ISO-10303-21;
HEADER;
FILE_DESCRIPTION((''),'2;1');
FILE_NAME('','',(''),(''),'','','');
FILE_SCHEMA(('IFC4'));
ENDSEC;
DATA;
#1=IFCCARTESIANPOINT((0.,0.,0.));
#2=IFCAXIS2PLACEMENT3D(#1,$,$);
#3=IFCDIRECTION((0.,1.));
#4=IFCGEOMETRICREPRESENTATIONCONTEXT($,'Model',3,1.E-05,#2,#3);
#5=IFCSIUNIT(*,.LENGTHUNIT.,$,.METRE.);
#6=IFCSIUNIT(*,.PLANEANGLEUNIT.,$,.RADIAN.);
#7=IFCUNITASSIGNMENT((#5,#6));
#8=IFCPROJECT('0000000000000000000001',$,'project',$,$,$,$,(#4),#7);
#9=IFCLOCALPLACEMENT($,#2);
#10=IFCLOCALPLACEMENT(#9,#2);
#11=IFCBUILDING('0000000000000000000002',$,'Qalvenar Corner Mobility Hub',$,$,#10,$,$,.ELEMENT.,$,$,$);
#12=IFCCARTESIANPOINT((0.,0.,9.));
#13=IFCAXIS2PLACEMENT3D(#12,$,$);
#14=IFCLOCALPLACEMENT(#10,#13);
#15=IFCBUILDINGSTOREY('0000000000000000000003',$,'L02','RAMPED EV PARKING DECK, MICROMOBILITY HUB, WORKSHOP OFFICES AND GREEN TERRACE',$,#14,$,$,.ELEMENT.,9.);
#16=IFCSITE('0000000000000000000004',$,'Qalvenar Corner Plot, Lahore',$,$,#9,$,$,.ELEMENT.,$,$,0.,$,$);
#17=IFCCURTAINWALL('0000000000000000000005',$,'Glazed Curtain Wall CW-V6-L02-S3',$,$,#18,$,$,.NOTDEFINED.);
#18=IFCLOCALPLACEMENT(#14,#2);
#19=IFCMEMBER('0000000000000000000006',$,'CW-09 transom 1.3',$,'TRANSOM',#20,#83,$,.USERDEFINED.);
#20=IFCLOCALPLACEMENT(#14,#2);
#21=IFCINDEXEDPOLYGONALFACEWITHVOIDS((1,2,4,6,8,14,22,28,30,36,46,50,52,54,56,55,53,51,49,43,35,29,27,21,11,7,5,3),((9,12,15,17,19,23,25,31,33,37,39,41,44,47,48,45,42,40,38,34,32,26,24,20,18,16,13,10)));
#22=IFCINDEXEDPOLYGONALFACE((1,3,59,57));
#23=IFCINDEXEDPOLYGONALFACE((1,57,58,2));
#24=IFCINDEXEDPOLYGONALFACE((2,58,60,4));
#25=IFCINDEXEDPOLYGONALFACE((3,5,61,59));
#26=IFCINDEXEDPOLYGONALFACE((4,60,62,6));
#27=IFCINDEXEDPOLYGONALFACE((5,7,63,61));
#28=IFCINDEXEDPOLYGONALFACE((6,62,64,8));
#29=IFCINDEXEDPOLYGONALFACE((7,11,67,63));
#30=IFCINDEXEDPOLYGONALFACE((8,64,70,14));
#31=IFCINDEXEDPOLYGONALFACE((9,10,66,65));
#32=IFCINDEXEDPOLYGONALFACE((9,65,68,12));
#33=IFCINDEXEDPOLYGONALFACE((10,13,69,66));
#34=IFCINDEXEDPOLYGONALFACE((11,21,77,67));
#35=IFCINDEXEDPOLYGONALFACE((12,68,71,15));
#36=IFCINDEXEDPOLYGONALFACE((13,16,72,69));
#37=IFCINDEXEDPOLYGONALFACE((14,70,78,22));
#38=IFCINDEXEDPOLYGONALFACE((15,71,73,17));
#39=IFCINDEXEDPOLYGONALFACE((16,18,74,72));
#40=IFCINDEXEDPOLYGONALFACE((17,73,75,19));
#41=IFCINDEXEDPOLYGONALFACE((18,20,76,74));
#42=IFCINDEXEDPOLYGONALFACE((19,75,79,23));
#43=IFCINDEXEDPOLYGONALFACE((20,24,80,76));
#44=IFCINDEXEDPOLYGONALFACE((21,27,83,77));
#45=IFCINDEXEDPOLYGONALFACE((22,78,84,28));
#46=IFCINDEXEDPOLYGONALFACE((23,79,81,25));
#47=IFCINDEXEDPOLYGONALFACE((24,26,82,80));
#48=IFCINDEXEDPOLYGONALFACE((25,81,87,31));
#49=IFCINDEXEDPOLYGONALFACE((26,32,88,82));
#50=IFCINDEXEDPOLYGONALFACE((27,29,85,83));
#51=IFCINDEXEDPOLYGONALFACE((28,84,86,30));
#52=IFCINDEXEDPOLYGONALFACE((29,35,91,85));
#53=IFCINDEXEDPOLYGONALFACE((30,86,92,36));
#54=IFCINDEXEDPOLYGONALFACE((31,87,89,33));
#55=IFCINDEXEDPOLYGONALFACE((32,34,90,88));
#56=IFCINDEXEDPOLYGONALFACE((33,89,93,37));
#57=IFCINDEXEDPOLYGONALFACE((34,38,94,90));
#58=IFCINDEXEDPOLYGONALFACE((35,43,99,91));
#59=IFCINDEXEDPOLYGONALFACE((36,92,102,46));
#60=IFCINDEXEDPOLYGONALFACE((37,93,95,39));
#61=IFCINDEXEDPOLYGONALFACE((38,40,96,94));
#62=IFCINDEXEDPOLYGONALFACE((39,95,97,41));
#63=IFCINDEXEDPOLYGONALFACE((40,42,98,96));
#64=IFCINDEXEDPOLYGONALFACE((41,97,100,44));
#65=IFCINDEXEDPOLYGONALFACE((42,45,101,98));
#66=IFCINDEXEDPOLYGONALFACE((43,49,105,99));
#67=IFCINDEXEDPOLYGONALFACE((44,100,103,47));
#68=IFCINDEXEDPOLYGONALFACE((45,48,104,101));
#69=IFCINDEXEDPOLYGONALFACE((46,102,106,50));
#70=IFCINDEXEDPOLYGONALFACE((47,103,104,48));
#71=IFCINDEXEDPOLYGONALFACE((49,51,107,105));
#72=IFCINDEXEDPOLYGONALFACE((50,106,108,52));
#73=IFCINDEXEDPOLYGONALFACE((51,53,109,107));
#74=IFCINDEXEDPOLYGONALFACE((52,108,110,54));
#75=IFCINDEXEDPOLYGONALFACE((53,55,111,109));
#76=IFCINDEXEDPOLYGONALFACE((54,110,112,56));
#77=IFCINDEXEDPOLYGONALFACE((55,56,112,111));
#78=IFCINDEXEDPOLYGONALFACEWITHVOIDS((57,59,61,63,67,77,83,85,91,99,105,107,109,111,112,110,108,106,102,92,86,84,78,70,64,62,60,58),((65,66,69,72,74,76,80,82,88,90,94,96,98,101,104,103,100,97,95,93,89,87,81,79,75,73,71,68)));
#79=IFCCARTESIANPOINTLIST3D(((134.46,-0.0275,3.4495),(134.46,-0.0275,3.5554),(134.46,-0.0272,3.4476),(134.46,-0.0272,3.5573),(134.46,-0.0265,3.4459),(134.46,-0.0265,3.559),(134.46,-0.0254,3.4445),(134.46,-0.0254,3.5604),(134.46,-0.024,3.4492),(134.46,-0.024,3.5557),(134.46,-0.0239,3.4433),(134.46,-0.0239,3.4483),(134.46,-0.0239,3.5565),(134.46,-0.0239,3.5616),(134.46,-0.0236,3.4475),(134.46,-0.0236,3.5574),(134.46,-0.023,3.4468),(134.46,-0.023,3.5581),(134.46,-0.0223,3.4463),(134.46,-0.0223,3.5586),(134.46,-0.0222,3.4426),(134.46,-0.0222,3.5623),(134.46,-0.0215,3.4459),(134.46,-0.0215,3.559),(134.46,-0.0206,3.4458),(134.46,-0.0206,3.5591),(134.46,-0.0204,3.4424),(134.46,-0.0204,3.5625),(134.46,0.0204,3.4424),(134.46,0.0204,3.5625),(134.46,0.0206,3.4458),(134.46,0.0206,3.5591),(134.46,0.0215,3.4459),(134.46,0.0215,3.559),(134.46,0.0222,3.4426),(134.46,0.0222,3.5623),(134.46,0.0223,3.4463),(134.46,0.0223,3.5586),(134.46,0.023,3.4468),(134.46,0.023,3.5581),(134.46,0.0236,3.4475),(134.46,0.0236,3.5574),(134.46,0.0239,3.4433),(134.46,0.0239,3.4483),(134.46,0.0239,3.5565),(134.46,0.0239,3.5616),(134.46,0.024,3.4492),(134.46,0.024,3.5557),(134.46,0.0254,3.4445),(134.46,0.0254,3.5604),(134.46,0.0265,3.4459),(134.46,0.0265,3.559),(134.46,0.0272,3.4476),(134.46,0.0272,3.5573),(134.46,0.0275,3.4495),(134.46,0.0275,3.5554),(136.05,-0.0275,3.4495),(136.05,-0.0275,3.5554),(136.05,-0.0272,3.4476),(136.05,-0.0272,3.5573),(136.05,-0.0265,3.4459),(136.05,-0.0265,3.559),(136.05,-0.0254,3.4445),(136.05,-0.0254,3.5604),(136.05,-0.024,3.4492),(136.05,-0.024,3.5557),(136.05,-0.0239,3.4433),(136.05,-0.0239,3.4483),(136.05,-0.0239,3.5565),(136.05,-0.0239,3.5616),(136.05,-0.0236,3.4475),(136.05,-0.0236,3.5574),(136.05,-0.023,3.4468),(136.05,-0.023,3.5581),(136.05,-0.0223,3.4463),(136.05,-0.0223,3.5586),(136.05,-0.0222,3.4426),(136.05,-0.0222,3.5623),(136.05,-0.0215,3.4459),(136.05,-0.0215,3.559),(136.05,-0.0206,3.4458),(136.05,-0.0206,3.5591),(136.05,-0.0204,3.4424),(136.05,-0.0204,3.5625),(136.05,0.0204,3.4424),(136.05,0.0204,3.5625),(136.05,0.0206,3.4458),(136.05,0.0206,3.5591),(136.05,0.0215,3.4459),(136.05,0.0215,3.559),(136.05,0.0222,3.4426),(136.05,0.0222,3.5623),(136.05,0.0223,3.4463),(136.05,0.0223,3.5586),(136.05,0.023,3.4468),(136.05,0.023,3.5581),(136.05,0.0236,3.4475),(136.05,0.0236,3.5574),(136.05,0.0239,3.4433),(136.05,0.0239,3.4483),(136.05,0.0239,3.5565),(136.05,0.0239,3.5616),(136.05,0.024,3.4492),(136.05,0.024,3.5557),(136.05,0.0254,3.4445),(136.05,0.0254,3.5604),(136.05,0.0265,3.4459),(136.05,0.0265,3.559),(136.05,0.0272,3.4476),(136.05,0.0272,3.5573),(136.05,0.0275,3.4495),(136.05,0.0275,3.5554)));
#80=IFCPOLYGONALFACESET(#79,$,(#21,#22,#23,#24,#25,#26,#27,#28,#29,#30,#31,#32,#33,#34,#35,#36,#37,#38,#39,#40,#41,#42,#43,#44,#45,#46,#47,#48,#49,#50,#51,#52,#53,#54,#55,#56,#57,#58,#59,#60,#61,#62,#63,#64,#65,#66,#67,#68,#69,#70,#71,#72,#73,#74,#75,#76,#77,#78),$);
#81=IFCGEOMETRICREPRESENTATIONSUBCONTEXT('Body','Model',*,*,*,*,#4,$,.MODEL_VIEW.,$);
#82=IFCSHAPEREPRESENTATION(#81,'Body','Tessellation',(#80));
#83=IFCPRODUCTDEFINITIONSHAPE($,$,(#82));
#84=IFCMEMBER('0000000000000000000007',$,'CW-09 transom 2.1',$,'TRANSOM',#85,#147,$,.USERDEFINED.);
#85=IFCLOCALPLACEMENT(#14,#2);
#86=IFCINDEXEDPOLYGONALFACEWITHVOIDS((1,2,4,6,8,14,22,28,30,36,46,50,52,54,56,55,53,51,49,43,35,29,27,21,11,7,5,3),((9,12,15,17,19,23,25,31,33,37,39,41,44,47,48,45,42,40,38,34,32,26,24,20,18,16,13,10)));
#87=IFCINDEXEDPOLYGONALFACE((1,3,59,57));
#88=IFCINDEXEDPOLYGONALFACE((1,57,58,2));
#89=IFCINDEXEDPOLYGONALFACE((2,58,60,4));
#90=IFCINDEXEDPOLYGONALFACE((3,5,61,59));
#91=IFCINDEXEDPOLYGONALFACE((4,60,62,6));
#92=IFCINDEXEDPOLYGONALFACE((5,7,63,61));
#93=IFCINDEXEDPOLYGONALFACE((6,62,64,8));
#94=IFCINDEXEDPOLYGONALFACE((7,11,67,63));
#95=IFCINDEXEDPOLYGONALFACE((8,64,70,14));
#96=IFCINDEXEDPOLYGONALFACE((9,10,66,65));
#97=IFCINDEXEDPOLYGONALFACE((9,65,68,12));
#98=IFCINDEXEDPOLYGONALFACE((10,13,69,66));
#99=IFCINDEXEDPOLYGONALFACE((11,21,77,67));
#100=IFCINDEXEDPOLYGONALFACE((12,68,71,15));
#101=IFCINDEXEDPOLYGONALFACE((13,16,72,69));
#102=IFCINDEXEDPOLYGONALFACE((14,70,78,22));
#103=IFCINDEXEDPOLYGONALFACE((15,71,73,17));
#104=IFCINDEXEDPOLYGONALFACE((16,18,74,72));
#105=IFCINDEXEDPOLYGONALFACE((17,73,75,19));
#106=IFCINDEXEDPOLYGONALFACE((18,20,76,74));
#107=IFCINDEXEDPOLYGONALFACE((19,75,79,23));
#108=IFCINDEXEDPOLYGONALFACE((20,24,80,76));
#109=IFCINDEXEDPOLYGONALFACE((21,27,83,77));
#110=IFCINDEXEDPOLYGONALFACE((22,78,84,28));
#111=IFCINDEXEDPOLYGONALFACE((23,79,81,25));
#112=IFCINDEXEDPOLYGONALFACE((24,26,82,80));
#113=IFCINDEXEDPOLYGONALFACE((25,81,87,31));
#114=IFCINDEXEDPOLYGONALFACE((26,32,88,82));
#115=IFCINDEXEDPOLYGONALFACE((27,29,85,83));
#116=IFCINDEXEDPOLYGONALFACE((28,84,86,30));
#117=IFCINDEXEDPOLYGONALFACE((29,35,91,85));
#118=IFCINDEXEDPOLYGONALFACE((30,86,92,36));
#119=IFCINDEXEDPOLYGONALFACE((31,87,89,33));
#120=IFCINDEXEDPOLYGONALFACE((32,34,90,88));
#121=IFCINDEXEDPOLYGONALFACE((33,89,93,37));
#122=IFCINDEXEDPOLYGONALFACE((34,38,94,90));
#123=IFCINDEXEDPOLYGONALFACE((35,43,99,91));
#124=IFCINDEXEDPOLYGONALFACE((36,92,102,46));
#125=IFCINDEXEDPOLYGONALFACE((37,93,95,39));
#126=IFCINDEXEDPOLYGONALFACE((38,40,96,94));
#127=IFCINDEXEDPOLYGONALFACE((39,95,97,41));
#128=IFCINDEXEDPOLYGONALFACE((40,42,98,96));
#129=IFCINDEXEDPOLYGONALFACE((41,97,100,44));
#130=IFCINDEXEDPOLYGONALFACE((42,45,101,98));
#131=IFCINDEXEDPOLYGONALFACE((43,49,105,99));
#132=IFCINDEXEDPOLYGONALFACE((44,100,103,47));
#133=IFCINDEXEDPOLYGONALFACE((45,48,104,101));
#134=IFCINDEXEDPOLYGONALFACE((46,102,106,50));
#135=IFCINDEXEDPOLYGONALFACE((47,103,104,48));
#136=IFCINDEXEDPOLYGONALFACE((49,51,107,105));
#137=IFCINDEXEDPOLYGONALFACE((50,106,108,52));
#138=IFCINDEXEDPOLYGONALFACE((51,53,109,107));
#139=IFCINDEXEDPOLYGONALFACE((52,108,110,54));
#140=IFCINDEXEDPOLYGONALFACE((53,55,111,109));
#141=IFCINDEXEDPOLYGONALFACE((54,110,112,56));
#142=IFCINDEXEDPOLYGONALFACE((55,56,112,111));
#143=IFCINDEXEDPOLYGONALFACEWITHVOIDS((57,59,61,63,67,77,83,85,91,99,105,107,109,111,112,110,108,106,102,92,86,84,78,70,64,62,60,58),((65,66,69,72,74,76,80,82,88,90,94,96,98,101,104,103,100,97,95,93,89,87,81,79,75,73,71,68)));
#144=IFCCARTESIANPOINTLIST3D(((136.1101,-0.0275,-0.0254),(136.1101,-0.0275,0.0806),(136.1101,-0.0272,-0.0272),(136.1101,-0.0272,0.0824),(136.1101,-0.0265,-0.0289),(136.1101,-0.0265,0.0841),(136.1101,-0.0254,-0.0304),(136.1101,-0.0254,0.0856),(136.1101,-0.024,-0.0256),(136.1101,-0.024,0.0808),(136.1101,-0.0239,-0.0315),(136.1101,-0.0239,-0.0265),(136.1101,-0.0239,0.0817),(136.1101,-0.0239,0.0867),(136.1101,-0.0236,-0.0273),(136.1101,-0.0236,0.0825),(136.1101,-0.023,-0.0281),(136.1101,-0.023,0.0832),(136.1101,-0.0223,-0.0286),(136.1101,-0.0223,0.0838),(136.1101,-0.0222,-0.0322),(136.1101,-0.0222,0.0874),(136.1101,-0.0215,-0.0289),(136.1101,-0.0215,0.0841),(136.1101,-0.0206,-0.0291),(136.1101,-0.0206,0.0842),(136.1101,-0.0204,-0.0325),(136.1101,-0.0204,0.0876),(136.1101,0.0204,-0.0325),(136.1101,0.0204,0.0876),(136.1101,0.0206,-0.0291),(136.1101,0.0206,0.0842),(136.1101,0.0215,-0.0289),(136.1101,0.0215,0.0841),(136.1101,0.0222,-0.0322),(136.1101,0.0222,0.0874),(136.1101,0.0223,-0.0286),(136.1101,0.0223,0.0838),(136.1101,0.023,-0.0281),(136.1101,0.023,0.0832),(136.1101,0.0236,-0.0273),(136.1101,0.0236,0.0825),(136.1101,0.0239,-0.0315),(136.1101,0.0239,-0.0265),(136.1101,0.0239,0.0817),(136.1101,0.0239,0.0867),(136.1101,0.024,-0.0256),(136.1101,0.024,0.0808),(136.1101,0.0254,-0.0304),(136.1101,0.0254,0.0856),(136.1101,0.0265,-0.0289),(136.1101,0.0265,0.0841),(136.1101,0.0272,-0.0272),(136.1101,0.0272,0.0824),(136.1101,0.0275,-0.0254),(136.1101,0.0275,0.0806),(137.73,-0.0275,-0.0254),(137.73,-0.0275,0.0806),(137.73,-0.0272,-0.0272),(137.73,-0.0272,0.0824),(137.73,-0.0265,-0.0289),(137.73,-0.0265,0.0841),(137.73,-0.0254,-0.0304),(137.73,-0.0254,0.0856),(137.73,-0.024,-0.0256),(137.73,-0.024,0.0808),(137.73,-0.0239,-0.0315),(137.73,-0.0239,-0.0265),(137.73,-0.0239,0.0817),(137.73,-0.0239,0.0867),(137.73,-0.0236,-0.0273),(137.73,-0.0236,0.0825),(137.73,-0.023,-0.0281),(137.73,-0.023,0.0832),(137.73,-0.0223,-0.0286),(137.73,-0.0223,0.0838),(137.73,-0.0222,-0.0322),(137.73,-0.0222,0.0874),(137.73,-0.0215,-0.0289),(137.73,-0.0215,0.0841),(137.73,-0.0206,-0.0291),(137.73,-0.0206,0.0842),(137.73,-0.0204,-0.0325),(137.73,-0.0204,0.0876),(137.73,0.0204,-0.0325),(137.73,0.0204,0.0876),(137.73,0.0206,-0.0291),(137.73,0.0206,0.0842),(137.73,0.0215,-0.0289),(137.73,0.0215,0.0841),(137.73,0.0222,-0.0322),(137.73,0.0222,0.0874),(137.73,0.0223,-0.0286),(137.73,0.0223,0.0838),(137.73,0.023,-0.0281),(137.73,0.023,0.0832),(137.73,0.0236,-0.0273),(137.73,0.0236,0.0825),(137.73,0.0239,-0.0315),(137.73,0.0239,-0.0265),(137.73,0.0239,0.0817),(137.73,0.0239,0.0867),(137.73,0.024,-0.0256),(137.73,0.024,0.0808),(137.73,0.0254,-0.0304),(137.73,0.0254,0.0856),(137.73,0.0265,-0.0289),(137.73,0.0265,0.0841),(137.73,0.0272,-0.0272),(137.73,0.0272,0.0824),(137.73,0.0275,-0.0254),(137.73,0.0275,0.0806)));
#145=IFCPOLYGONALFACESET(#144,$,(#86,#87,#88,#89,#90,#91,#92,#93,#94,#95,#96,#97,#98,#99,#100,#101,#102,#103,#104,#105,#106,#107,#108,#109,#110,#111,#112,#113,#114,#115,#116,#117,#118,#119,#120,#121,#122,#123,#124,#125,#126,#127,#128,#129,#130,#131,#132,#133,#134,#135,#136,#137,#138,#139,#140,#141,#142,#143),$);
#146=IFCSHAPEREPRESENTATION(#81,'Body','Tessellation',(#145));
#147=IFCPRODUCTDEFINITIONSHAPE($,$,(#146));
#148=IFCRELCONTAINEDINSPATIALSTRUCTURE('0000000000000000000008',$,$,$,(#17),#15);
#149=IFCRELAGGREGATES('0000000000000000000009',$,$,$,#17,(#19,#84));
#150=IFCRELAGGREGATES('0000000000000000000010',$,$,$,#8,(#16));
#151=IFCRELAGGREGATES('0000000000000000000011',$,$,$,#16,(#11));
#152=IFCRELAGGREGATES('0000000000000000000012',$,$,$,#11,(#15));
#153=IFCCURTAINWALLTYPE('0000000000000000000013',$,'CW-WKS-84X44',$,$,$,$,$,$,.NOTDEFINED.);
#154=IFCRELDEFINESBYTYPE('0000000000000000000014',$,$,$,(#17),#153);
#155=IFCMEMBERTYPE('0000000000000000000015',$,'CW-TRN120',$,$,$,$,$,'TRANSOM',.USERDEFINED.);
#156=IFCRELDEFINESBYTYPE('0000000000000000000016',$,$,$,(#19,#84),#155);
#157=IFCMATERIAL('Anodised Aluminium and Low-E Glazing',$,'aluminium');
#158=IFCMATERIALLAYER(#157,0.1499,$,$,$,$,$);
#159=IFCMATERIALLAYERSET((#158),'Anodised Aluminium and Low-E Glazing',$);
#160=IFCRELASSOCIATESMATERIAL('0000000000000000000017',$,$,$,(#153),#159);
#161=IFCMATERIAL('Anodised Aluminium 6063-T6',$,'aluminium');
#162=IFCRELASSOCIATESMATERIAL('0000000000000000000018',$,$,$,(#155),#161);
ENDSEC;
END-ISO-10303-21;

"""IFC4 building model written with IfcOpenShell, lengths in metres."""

from ifc_helpers import new_model, si_unit, direction, frame, origin, origin_2d, place, context, subcontext, project, spatial, hollow_rectangle, extrude, material, layer, layer_set, material_profile, profile_set, type_object, element, aggregate, save


model = new_model("IFC4")

# Units and contexts
model_context = context("Model", 3, precision=1e-05, world=origin(), true_north=direction((0.0, 1.0)))
body_context = subcontext(model_context, "Body", "Model", "MODEL_VIEW")
ifc_project = project(units=[si_unit("LENGTHUNIT", "METRE"), si_unit("PLANEANGLEUNIT", "RADIAN")], contexts=[model_context])

# Site, building, storey
site_placement = place(None, origin())
site = spatial("IfcSite", under=ifc_project, at=site_placement, Name="Qalvenar Corner Plot, Lahore", CompositionType="ELEMENT", RefElevation=0.0)
building_placement = place(site_placement, origin())
building = spatial("IfcBuilding", under=site, at=building_placement, Name="Qalvenar Corner Mobility Hub", CompositionType="ELEMENT")
storey_placement = place(building_placement, frame((0.0, 0.0, 9.0)))
storey = spatial("IfcBuildingStorey", under=building, at=storey_placement, Name="L02", Description="RAMPED EV PARKING DECK, MICROMOBILITY HUB, WORKSHOP OFFICES AND GREEN TERRACE", CompositionType="ELEMENT", Elevation=9.0)

# Curtain wall, members
ifc_material_1 = material(Name="Anodised Aluminium and Low-E Glazing", Category="aluminium")
ifc_layer_1 = layer(ifc_material_1, 0.1499)
ifc_layer_set_1 = layer_set([ifc_layer_1], Name="Anodised Aluminium and Low-E Glazing")
curtain_wall_type = type_object("IfcCurtainWallType", Name="CW-WKS-84X44", PredefinedType="NOTDEFINED", material=ifc_layer_set_1)
curtain_wall_placement = place(storey_placement, origin())
curtain_wall = element("IfcCurtainWall", 1, at=curtain_wall_placement, inside=storey, type_object=curtain_wall_type, Name="Glazed Curtain Wall CW-V6-L02-S3", PredefinedType="NOTDEFINED")
ifc_material_2 = material(Name="Anodised Aluminium 6063-T6", Category="aluminium")
ifc_material_profile_1 = material_profile(ifc_material_2, hollow_rectangle(XDim=0.0549, YDim=0.1201, WallThickness=0.0034, InnerFilletRadius=0.0034, OuterFilletRadius=0.0071, at=origin_2d()), Name="RHS120x55x3.5")
ifc_profile_set_1 = profile_set([ifc_material_profile_1], Name="Anodised Aluminium 6063-T6")
member_type_1 = type_object("IfcMemberType", Name="CW-TRN120", ElementType="TRANSOM", PredefinedType="USERDEFINED", material=ifc_profile_set_1)
member_1_placement = place(storey_placement, frame((134.46, 0.0, 3.5024), z_axis=(1.0, 0.0, 0.0), x_axis=(0.0, 1.0, 0.0)))
member_1 = element("IfcMember", 2, at=member_1_placement, type_object=member_type_1, Name="CW-09 transom 1.3", ObjectType="TRANSOM", PredefinedType="USERDEFINED", context=body_context, shape_type="SweptSolid", body=[
    extrude(hollow_rectangle(XDim=0.0549, YDim=0.1201, WallThickness=0.0034, InnerFilletRadius=0.0034, OuterFilletRadius=0.0071, at=origin_2d()), origin(), (0.0, 0.0, 1.0), 1.5901),
])
member_2_placement = place(storey_placement, frame((136.1101, 0.0, 0.0276), z_axis=(1.0, 0.0, 0.0), x_axis=(0.0, 1.0, 0.0)))
member_2 = element("IfcMember", 3, at=member_2_placement, type_object=member_type_1, Name="CW-09 transom 2.1", ObjectType="TRANSOM", PredefinedType="USERDEFINED", context=body_context, shape_type="SweptSolid", body=[
    extrude(hollow_rectangle(XDim=0.0549, YDim=0.1201, WallThickness=0.0034, InnerFilletRadius=0.0034, OuterFilletRadius=0.0071, at=origin_2d()), origin(), (0.0, 0.0, 1.0), 1.6199),
])
aggregate(curtain_wall, [member_1, member_2])

save(model, "model.ifc")
